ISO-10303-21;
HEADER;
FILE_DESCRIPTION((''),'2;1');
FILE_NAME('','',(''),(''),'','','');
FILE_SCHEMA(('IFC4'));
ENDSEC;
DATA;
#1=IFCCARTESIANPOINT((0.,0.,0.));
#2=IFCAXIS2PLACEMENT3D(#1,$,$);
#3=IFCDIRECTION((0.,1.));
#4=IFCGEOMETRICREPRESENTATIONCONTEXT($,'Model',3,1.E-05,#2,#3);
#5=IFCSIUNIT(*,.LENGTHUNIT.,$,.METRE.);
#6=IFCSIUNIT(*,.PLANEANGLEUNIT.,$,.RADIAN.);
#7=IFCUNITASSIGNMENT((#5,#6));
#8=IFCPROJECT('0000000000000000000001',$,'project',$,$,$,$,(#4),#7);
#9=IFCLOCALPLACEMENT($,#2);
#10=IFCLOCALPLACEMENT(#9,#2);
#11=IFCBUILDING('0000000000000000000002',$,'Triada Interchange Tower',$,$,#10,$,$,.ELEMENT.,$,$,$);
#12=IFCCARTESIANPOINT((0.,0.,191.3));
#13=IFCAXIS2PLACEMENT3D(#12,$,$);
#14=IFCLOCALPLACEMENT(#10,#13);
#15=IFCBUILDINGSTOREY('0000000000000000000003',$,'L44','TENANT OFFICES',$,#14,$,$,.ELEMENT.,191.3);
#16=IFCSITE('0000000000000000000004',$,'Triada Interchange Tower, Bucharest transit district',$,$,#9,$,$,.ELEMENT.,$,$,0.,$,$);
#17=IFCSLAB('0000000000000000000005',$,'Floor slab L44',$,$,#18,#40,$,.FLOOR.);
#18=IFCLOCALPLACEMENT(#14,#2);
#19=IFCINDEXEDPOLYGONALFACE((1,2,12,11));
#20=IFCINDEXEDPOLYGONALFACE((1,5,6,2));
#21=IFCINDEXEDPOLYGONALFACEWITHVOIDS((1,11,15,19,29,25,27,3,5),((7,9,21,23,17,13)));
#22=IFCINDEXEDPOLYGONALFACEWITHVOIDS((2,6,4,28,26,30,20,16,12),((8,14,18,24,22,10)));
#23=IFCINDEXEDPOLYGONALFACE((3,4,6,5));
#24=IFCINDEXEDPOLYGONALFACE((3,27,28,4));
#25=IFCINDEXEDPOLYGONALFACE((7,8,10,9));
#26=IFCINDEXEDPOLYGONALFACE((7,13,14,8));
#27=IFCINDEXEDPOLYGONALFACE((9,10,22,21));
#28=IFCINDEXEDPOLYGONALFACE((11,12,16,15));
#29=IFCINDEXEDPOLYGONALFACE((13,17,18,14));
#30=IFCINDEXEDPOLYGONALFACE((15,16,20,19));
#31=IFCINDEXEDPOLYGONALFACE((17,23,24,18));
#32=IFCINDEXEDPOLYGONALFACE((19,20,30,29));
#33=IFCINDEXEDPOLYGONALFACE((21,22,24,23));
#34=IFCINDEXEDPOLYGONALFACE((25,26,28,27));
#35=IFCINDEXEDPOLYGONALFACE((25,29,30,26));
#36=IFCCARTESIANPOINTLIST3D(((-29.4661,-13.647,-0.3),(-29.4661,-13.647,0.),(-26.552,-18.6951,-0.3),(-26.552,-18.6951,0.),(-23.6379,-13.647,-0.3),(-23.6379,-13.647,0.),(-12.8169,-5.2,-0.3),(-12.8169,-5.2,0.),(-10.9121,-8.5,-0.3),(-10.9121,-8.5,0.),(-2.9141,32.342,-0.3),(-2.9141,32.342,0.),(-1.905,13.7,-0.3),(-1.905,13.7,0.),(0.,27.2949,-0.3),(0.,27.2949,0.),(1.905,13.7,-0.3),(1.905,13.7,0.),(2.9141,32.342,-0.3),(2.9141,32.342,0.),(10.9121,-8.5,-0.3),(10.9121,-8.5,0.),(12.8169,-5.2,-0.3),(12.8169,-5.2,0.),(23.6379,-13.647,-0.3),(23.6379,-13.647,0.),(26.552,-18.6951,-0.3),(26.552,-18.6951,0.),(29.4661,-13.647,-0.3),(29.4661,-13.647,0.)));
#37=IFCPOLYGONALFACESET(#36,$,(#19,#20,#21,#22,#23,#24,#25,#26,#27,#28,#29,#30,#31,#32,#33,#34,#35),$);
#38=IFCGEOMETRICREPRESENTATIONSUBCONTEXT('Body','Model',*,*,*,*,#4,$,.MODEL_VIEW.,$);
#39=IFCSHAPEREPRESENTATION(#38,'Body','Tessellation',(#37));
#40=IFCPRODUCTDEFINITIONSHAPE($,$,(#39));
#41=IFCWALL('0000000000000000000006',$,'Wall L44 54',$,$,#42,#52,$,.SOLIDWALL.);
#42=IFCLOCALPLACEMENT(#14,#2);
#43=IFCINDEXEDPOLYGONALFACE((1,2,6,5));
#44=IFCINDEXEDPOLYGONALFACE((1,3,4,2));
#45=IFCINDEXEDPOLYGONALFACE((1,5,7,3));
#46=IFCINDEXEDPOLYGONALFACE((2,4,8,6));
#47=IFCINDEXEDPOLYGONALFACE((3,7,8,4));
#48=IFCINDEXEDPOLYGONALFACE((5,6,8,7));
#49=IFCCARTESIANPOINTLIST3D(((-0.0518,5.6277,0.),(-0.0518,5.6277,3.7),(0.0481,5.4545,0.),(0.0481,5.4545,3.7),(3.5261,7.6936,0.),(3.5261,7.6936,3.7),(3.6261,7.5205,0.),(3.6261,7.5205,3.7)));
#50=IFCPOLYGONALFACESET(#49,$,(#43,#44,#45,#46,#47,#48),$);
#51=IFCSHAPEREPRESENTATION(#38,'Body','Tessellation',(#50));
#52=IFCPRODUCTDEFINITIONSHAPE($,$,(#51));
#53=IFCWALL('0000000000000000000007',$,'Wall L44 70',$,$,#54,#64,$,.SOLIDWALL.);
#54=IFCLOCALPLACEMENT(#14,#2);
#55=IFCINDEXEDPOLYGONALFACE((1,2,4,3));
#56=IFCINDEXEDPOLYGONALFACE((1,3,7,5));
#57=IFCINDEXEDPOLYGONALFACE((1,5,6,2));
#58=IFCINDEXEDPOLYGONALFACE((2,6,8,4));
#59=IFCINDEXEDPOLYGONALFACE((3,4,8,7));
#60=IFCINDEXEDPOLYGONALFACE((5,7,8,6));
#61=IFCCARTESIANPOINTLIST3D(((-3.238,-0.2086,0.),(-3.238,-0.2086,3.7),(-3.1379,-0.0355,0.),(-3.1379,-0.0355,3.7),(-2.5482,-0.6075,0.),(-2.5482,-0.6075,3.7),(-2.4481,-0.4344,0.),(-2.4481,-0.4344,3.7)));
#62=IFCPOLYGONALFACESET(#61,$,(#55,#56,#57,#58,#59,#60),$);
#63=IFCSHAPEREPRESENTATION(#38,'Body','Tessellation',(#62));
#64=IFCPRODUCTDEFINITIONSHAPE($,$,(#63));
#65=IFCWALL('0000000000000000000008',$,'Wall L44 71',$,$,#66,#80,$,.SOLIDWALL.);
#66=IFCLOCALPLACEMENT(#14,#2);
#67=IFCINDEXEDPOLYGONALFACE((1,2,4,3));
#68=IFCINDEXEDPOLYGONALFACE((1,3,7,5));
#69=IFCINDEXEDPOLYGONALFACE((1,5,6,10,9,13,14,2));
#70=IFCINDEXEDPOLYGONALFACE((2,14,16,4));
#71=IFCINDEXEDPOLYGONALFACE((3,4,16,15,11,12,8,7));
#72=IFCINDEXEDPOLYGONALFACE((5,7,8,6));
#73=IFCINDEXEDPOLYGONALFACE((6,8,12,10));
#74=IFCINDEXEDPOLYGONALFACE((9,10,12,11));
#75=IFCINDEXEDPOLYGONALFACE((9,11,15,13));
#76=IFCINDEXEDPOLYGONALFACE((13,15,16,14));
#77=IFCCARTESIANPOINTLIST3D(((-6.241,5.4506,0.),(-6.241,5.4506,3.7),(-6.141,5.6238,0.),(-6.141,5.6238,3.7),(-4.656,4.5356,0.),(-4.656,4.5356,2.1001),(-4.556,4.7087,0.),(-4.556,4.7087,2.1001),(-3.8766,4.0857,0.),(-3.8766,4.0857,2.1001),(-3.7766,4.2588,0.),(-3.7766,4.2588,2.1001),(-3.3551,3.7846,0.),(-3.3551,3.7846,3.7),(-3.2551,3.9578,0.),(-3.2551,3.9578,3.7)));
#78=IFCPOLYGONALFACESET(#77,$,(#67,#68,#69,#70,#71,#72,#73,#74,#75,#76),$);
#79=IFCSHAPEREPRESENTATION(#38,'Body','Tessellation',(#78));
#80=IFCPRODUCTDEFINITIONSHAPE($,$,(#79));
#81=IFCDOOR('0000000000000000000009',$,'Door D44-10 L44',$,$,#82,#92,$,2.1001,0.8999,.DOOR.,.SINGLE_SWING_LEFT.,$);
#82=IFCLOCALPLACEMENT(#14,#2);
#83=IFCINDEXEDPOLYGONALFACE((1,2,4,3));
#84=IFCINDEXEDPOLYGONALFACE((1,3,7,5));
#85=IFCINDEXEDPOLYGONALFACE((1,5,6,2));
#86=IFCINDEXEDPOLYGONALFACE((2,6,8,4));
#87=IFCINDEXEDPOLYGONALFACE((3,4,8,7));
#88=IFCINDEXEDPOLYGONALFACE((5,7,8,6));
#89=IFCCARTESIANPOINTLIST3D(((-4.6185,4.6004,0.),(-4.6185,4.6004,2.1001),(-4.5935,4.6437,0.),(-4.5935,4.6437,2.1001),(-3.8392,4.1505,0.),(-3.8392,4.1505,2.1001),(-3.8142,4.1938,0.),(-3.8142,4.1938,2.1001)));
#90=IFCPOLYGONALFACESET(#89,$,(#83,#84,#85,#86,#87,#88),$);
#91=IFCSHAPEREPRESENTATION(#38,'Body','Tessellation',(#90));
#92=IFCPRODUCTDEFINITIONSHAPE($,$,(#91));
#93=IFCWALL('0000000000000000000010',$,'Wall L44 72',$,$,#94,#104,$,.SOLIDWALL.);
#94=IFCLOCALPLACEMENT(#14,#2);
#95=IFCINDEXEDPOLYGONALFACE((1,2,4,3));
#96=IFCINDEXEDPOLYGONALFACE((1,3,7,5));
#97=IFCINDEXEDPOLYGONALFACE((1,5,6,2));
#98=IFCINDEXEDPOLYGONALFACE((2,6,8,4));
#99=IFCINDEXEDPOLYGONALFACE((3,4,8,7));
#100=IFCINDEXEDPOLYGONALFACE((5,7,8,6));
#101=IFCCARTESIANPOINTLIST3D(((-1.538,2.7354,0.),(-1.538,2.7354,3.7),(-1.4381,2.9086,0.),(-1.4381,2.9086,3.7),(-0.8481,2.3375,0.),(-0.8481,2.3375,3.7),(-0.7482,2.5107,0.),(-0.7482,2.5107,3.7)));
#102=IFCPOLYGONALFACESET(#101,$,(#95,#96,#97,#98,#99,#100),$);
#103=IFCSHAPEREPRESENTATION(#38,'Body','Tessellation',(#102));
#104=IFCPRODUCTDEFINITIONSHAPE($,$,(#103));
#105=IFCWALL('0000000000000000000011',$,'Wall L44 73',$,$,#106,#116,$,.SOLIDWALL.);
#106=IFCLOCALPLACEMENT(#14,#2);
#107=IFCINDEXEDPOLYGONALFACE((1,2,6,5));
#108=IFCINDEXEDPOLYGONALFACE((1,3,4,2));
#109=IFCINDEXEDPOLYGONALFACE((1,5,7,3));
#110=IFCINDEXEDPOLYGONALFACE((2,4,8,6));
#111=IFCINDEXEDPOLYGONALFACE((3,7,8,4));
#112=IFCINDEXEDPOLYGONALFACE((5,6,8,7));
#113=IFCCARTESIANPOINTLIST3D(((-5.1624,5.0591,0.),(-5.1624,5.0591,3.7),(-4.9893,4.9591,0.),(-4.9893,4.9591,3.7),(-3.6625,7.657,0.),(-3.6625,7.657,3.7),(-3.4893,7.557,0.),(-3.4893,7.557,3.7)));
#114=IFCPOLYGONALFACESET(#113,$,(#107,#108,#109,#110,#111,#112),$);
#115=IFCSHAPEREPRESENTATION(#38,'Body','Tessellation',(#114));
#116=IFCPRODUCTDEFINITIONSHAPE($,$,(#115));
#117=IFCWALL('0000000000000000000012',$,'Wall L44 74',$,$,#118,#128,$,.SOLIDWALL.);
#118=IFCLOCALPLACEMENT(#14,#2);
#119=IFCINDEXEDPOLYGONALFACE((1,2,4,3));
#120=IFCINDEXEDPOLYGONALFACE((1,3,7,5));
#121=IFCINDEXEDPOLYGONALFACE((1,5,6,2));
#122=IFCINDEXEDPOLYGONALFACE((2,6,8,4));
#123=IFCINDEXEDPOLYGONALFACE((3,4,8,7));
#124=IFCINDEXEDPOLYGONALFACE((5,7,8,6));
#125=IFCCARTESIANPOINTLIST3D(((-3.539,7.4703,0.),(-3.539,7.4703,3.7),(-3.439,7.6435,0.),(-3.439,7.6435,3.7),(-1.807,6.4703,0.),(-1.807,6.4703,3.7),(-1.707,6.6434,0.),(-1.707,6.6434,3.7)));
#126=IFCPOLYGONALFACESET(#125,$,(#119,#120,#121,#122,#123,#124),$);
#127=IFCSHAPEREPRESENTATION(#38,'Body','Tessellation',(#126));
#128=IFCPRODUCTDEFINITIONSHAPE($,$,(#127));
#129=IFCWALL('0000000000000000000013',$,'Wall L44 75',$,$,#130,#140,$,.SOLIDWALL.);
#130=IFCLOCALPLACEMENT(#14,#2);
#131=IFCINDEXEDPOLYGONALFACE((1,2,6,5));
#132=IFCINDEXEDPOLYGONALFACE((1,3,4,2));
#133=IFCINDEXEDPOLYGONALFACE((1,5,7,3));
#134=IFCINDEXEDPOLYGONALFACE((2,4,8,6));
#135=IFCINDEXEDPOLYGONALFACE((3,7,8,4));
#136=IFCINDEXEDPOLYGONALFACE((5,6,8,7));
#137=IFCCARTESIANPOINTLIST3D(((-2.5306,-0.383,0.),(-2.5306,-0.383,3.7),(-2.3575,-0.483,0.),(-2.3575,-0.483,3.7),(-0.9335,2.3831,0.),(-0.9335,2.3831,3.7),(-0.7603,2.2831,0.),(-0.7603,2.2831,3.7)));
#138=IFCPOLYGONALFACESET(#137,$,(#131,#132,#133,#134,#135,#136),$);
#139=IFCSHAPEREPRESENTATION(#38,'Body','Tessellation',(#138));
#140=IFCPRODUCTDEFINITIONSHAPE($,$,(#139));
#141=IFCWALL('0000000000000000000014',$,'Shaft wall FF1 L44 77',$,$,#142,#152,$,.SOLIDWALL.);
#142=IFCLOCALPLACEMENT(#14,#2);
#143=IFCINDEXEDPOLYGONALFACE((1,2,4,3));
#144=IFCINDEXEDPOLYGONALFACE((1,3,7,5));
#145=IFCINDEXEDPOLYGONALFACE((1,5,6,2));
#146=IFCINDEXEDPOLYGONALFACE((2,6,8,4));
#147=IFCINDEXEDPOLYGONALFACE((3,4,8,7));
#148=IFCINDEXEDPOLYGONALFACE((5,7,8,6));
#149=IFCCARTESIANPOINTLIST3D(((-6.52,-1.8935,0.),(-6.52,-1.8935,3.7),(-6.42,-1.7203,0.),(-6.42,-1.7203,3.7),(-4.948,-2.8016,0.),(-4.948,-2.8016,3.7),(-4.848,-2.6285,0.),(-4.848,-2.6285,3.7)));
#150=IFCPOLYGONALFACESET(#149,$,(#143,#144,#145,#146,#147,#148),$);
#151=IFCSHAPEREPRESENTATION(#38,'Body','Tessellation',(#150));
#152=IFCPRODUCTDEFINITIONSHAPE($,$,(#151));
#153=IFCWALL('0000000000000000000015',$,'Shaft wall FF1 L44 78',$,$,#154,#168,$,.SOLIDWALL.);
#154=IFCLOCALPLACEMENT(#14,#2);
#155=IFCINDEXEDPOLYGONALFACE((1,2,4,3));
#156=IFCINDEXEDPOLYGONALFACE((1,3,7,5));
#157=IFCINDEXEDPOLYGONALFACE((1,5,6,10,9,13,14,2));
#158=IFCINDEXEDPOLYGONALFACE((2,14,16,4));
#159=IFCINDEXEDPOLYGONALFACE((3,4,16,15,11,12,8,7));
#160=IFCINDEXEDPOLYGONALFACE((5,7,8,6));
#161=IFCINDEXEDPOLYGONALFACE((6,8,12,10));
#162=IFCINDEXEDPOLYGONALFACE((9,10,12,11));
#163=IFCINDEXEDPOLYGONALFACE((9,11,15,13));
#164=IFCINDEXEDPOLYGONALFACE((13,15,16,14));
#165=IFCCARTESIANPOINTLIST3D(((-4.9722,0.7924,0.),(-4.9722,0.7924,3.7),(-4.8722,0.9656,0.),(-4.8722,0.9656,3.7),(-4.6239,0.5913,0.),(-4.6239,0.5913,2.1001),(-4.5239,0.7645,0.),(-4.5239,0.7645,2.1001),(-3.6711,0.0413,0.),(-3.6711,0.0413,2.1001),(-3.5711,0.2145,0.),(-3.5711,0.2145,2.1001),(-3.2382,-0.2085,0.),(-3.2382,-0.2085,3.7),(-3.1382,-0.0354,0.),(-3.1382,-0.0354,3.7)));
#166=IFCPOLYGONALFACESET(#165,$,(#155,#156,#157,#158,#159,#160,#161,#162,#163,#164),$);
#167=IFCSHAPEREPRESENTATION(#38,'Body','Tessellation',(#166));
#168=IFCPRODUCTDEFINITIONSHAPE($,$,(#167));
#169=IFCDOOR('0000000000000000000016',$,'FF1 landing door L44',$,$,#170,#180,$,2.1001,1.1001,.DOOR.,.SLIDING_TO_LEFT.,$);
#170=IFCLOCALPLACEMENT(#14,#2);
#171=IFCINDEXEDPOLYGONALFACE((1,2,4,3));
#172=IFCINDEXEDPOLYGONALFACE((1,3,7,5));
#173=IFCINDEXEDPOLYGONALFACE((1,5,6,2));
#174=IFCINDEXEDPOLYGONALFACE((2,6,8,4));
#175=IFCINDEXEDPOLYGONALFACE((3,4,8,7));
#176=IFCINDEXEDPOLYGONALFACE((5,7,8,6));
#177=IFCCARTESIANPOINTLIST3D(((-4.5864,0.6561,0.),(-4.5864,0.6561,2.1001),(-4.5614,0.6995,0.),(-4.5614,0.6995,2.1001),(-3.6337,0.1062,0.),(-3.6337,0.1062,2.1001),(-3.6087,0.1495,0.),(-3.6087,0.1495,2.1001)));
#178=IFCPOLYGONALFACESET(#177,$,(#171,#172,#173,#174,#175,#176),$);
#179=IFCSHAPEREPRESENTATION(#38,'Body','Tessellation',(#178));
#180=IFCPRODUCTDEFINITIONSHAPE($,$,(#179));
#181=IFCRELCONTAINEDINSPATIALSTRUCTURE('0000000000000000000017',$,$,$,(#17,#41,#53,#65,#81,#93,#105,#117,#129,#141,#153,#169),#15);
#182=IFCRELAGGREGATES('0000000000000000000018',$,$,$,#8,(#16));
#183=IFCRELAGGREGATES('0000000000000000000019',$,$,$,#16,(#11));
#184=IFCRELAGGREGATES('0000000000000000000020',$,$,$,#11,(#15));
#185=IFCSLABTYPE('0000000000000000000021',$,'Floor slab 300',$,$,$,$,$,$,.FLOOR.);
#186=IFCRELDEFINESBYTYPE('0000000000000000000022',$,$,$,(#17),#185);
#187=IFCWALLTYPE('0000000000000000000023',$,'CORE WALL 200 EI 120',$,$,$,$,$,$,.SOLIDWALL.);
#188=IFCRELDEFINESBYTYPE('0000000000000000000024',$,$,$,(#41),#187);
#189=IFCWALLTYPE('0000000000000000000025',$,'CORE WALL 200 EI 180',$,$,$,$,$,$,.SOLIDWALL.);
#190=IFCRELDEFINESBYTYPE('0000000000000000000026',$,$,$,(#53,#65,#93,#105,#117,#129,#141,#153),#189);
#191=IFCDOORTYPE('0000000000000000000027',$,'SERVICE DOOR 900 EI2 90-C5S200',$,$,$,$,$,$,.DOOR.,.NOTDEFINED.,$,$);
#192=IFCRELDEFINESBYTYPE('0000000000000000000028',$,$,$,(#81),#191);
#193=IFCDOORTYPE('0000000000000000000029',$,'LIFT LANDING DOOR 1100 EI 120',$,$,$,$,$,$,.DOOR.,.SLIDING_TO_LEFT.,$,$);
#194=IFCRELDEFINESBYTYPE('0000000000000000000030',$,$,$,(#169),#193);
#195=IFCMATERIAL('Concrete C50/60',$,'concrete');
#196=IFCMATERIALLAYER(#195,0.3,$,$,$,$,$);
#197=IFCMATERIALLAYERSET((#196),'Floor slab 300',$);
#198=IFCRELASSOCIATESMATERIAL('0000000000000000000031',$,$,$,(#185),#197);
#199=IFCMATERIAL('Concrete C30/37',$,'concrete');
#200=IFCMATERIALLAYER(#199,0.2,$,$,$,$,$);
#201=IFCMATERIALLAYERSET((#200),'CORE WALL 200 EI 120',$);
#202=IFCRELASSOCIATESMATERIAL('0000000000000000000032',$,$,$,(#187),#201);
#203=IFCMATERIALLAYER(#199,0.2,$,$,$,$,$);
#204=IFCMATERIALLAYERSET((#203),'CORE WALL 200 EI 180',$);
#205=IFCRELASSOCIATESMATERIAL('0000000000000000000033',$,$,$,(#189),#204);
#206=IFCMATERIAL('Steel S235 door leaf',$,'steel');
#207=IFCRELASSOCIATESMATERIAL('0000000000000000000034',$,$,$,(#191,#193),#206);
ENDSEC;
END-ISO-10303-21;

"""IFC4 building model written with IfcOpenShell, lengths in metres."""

from ifc_helpers import new_model, si_unit, direction, frame, frame_2d, origin, place, context, subcontext, project, spatial, polyline, rectangle, outline, extrude, material, layer, layer_set, type_object, element, fill, save


model = new_model("IFC4")

# Units and contexts
model_context = context("Model", 3, precision=1e-05, world=origin(), true_north=direction((0.0, 1.0)))
body_context = subcontext(model_context, "Body", "Model", "MODEL_VIEW")
ifc_project = project(units=[si_unit("LENGTHUNIT", "METRE"), si_unit("PLANEANGLEUNIT", "RADIAN")], contexts=[model_context])

# Site, building, storey
site_placement = place(None, origin())
site = spatial("IfcSite", under=ifc_project, at=site_placement, Name="Triada Interchange Tower, Bucharest transit district", CompositionType="ELEMENT", RefElevation=0.0)
building_placement = place(site_placement, origin())
building = spatial("IfcBuilding", under=site, at=building_placement, Name="Triada Interchange Tower", CompositionType="ELEMENT")
storey_placement = place(building_placement, frame((0.0, 0.0, 191.3)))
storey = spatial("IfcBuildingStorey", under=building, at=storey_placement, Name="L44", Description="TENANT OFFICES", CompositionType="ELEMENT", Elevation=191.3)

# Slab
ifc_material_1 = material(Name="Concrete C50/60", Category="concrete")
ifc_layer_1 = layer(ifc_material_1, 0.3)
ifc_layer_set_1 = layer_set([ifc_layer_1], Name="Floor slab 300")
slab_type = type_object("IfcSlabType", Name="Floor slab 300", PredefinedType="FLOOR", material=ifc_layer_set_1)
slab_placement = place(storey_placement, frame((0.0, 0.0, -0.3)))
element("IfcSlab", 1, at=slab_placement, inside=storey, type_object=slab_type, Name="Floor slab L44", PredefinedType="FLOOR", context=body_context, shape_type="SweptSolid", body=[
    extrude(outline(polyline([(-2.9141, 32.342), (-29.4661, -13.647), (-23.6379, -13.647), (-26.552, -18.6951), (26.552, -18.6951), (23.6379, -13.647), (29.4661, -13.647), (2.9141, 32.342), (0.0, 27.2949), (-2.9141, 32.342)]), holes=[polyline([(1.905, 13.7), (-1.905, 13.7), (-12.8169, -5.2), (-10.9121, -8.5), (10.9121, -8.5), (12.8169, -5.2), (1.905, 13.7)])]), origin(), (0.0, 0.0, 1.0), 0.3),
])

# Walls
ifc_material_2 = material(Name="Concrete C30/37", Category="concrete")
ifc_layer_2 = layer(ifc_material_2, 0.2)
ifc_layer_set_2 = layer_set([ifc_layer_2], Name="CORE WALL 200 EI 120")
wall_type_1 = type_object("IfcWallType", Name="CORE WALL 200 EI 120", PredefinedType="SOLIDWALL", material=ifc_layer_set_2)
wall_1_placement = place(storey_placement, frame((-0.002, 5.541, 0.0), z_axis=(0.0, 0.0, 1.0), x_axis=(0.866002, 0.500041, 0.0)))
element("IfcWall", 2, at=wall_1_placement, inside=storey, type_object=wall_type_1, Name="Wall L44 54", PredefinedType="SOLIDWALL", context=body_context, shape_type="SweptSolid", body=[
    extrude(rectangle(XDim=4.1316, YDim=0.2, at=frame_2d((2.0659, 0.0))), origin(), (0.0, 0.0, 1.0), 3.7),
])
ifc_layer_3 = layer(ifc_material_2, 0.2)
ifc_layer_set_3 = layer_set([ifc_layer_3], Name="CORE WALL 200 EI 180")
wall_type_2 = type_object("IfcWallType", Name="CORE WALL 200 EI 180", PredefinedType="SOLIDWALL", material=ifc_layer_set_3)
wall_2_placement = place(storey_placement, frame((-3.188, -0.1221, 0.0), z_axis=(0.0, 0.0, 1.0), x_axis=(0.865706, -0.500553, 0.0)))
element("IfcWall", 3, at=wall_2_placement, inside=storey, type_object=wall_type_2, Name="Wall L44 70", PredefinedType="SOLIDWALL", context=body_context, shape_type="SweptSolid", body=[
    extrude(rectangle(XDim=0.7969, YDim=0.2, at=frame_2d((0.3984, 0.0))), origin(), (0.0, 0.0, 1.0), 3.7),
])

# Wall, opening, door
wall_3_placement = place(storey_placement, frame((-6.1909, 5.5371, 0.0), z_axis=(0.0, 0.0, 1.0), x_axis=(0.866053, -0.499953, 0.0)))
wall_3 = element("IfcWall", 4, at=wall_3_placement, inside=storey, type_object=wall_type_2, Name="Wall L44 71", PredefinedType="SOLIDWALL", context=body_context, shape_type="SweptSolid", body=[
    extrude(rectangle(XDim=3.3323, YDim=0.2, at=frame_2d((1.666, 0.0))), origin(), (0.0, 0.0, 1.0), 3.7),
])
opening_1_placement = place(wall_3_placement, frame((1.8301, 0.0, 0.0)))
opening_1 = element("IfcOpeningElement", 5, at=opening_1_placement, cuts=wall_3, PredefinedType="OPENING", context=body_context, shape_type="SweptSolid", body=[
    extrude(rectangle(XDim=0.8999, YDim=2.1001, at=frame_2d((0.45, 1.05))), frame((0.0, 0.1099, 0.0), z_axis=(0.0, -1.0, 0.0), x_axis=(1.0, 0.0, 0.0)), (0.0, 0.0, 1.0), 0.22),
])
ifc_material_3 = material(Name="Steel S235 door leaf", Category="steel")
door_type_1 = type_object("IfcDoorType", Name="SERVICE DOOR 900 EI2 90-C5S200", OperationType="NOTDEFINED", PredefinedType="DOOR", material=ifc_material_3)
door_1_placement = place(opening_1_placement, origin())
door_1 = element("IfcDoor", 6, at=door_1_placement, inside=storey, type_object=door_type_1, Name="Door D44-10 L44", OperationType="SINGLE_SWING_LEFT", OverallHeight=2.1001, OverallWidth=0.8999, PredefinedType="DOOR", context=body_context, shape_type="SweptSolid", body=[
    extrude(rectangle(XDim=0.8999, YDim=2.1001, at=frame_2d((0.45, 1.05))), frame((0.0, 0.0249, 0.0), z_axis=(0.0, -1.0, 0.0), x_axis=(1.0, 0.0, 0.0)), (0.0, 0.0, 1.0), 0.05),
])
fill(opening_1, door_1)

# Walls
wall_4_placement = place(storey_placement, frame((-1.488, 2.822, 0.0), z_axis=(0.0, 0.0, 1.0), x_axis=(0.866237, -0.499634, 0.0)))
element("IfcWall", 7, at=wall_4_placement, inside=storey, type_object=wall_type_2, Name="Wall L44 72", PredefinedType="SOLIDWALL", context=body_context, shape_type="SweptSolid", body=[
    extrude(rectangle(XDim=0.7964, YDim=0.2, at=frame_2d((0.3982, 0.0))), origin(), (0.0, 0.0, 1.0), 3.7),
])
wall_5_placement = place(storey_placement, frame((-5.0759, 5.009, 0.0), z_axis=(0.0, 0.0, 1.0), x_axis=(0.500025, 0.866011, 0.0)))
element("IfcWall", 8, at=wall_5_placement, inside=storey, type_object=wall_type_2, Name="Wall L44 73", PredefinedType="SOLIDWALL", context=body_context, shape_type="SweptSolid", body=[
    extrude(rectangle(XDim=2.9998, YDim=0.2, at=frame_2d((1.5, 0.0))), origin(), (0.0, 0.0, 1.0), 3.7),
])
wall_6_placement = place(storey_placement, frame((-3.489, 7.5569, 0.0), z_axis=(0.0, 0.0, 1.0), x_axis=(0.866011, -0.500025, 0.0)))
element("IfcWall", 9, at=wall_6_placement, inside=storey, type_object=wall_type_2, Name="Wall L44 74", PredefinedType="SOLIDWALL", context=body_context, shape_type="SweptSolid", body=[
    extrude(rectangle(XDim=2.0, YDim=0.2, at=frame_2d((1.0, 0.0))), origin(), (0.0, 0.0, 1.0), 3.7),
])
wall_7_placement = place(storey_placement, frame((-2.4441, -0.4331, 0.0), z_axis=(0.0, 0.0, 1.0), x_axis=(0.500036, 0.866005, 0.0)))
element("IfcWall", 10, at=wall_7_placement, inside=storey, type_object=wall_type_2, Name="Wall L44 75", PredefinedType="SOLIDWALL", context=body_context, shape_type="SweptSolid", body=[
    extrude(rectangle(XDim=3.1941, YDim=0.2, at=frame_2d((1.5972, 0.0))), origin(), (0.0, 0.0, 1.0), 3.7),
])
wall_8_placement = place(storey_placement, frame((-6.47, -1.8069, 0.0), z_axis=(0.0, 0.0, 1.0), x_axis=(0.865883, -0.500246, 0.0)))
element("IfcWall", 11, at=wall_8_placement, inside=storey, type_object=wall_type_2, Name="Shaft wall FF1 L44 77", PredefinedType="SOLIDWALL", context=body_context, shape_type="SweptSolid", body=[
    extrude(rectangle(XDim=1.8154, YDim=0.2, at=frame_2d((0.9077, 0.0))), origin(), (0.0, 0.0, 1.0), 3.7),
])

# Wall, opening, door
wall_9_placement = place(storey_placement, frame((-4.9221, 0.8789, 0.0), z_axis=(0.0, 0.0, 1.0), x_axis=(0.866074, -0.499916, 0.0)))
wall_9 = element("IfcWall", 12, at=wall_9_placement, inside=storey, type_object=wall_type_2, Name="Shaft wall FF1 L44 78", PredefinedType="SOLIDWALL", context=body_context, shape_type="SweptSolid", body=[
    extrude(rectangle(XDim=2.0022, YDim=0.2, at=frame_2d((1.001, 0.0))), origin(), (0.0, 0.0, 1.0), 3.7),
])
opening_2_placement = place(wall_9_placement, frame((0.4021, 0.0, 0.0)))
opening_2 = element("IfcOpeningElement", 13, at=opening_2_placement, cuts=wall_9, PredefinedType="OPENING", context=body_context, shape_type="SweptSolid", body=[
    extrude(rectangle(XDim=1.1001, YDim=2.1001, at=frame_2d((0.55, 1.05))), frame((0.0, 0.1099, 0.0), z_axis=(0.0, -1.0, 0.0), x_axis=(1.0, 0.0, 0.0)), (0.0, 0.0, 1.0), 0.22),
])
door_type_2 = type_object("IfcDoorType", Name="LIFT LANDING DOOR 1100 EI 120", OperationType="SLIDING_TO_LEFT", PredefinedType="DOOR", material=ifc_material_3)
door_2_placement = place(opening_2_placement, origin())
door_2 = element("IfcDoor", 14, at=door_2_placement, inside=storey, type_object=door_type_2, Name="FF1 landing door L44", OperationType="SLIDING_TO_LEFT", OverallHeight=2.1001, OverallWidth=1.1001, PredefinedType="DOOR", context=body_context, shape_type="SweptSolid", body=[
    extrude(rectangle(XDim=1.1001, YDim=2.1001, at=frame_2d((0.55, 1.05))), frame((0.0, 0.0249, 0.0), z_axis=(0.0, -1.0, 0.0), x_axis=(1.0, 0.0, 0.0)), (0.0, 0.0, 1.0), 0.05),
])
fill(opening_2, door_2)

save(model, "model.ifc")
